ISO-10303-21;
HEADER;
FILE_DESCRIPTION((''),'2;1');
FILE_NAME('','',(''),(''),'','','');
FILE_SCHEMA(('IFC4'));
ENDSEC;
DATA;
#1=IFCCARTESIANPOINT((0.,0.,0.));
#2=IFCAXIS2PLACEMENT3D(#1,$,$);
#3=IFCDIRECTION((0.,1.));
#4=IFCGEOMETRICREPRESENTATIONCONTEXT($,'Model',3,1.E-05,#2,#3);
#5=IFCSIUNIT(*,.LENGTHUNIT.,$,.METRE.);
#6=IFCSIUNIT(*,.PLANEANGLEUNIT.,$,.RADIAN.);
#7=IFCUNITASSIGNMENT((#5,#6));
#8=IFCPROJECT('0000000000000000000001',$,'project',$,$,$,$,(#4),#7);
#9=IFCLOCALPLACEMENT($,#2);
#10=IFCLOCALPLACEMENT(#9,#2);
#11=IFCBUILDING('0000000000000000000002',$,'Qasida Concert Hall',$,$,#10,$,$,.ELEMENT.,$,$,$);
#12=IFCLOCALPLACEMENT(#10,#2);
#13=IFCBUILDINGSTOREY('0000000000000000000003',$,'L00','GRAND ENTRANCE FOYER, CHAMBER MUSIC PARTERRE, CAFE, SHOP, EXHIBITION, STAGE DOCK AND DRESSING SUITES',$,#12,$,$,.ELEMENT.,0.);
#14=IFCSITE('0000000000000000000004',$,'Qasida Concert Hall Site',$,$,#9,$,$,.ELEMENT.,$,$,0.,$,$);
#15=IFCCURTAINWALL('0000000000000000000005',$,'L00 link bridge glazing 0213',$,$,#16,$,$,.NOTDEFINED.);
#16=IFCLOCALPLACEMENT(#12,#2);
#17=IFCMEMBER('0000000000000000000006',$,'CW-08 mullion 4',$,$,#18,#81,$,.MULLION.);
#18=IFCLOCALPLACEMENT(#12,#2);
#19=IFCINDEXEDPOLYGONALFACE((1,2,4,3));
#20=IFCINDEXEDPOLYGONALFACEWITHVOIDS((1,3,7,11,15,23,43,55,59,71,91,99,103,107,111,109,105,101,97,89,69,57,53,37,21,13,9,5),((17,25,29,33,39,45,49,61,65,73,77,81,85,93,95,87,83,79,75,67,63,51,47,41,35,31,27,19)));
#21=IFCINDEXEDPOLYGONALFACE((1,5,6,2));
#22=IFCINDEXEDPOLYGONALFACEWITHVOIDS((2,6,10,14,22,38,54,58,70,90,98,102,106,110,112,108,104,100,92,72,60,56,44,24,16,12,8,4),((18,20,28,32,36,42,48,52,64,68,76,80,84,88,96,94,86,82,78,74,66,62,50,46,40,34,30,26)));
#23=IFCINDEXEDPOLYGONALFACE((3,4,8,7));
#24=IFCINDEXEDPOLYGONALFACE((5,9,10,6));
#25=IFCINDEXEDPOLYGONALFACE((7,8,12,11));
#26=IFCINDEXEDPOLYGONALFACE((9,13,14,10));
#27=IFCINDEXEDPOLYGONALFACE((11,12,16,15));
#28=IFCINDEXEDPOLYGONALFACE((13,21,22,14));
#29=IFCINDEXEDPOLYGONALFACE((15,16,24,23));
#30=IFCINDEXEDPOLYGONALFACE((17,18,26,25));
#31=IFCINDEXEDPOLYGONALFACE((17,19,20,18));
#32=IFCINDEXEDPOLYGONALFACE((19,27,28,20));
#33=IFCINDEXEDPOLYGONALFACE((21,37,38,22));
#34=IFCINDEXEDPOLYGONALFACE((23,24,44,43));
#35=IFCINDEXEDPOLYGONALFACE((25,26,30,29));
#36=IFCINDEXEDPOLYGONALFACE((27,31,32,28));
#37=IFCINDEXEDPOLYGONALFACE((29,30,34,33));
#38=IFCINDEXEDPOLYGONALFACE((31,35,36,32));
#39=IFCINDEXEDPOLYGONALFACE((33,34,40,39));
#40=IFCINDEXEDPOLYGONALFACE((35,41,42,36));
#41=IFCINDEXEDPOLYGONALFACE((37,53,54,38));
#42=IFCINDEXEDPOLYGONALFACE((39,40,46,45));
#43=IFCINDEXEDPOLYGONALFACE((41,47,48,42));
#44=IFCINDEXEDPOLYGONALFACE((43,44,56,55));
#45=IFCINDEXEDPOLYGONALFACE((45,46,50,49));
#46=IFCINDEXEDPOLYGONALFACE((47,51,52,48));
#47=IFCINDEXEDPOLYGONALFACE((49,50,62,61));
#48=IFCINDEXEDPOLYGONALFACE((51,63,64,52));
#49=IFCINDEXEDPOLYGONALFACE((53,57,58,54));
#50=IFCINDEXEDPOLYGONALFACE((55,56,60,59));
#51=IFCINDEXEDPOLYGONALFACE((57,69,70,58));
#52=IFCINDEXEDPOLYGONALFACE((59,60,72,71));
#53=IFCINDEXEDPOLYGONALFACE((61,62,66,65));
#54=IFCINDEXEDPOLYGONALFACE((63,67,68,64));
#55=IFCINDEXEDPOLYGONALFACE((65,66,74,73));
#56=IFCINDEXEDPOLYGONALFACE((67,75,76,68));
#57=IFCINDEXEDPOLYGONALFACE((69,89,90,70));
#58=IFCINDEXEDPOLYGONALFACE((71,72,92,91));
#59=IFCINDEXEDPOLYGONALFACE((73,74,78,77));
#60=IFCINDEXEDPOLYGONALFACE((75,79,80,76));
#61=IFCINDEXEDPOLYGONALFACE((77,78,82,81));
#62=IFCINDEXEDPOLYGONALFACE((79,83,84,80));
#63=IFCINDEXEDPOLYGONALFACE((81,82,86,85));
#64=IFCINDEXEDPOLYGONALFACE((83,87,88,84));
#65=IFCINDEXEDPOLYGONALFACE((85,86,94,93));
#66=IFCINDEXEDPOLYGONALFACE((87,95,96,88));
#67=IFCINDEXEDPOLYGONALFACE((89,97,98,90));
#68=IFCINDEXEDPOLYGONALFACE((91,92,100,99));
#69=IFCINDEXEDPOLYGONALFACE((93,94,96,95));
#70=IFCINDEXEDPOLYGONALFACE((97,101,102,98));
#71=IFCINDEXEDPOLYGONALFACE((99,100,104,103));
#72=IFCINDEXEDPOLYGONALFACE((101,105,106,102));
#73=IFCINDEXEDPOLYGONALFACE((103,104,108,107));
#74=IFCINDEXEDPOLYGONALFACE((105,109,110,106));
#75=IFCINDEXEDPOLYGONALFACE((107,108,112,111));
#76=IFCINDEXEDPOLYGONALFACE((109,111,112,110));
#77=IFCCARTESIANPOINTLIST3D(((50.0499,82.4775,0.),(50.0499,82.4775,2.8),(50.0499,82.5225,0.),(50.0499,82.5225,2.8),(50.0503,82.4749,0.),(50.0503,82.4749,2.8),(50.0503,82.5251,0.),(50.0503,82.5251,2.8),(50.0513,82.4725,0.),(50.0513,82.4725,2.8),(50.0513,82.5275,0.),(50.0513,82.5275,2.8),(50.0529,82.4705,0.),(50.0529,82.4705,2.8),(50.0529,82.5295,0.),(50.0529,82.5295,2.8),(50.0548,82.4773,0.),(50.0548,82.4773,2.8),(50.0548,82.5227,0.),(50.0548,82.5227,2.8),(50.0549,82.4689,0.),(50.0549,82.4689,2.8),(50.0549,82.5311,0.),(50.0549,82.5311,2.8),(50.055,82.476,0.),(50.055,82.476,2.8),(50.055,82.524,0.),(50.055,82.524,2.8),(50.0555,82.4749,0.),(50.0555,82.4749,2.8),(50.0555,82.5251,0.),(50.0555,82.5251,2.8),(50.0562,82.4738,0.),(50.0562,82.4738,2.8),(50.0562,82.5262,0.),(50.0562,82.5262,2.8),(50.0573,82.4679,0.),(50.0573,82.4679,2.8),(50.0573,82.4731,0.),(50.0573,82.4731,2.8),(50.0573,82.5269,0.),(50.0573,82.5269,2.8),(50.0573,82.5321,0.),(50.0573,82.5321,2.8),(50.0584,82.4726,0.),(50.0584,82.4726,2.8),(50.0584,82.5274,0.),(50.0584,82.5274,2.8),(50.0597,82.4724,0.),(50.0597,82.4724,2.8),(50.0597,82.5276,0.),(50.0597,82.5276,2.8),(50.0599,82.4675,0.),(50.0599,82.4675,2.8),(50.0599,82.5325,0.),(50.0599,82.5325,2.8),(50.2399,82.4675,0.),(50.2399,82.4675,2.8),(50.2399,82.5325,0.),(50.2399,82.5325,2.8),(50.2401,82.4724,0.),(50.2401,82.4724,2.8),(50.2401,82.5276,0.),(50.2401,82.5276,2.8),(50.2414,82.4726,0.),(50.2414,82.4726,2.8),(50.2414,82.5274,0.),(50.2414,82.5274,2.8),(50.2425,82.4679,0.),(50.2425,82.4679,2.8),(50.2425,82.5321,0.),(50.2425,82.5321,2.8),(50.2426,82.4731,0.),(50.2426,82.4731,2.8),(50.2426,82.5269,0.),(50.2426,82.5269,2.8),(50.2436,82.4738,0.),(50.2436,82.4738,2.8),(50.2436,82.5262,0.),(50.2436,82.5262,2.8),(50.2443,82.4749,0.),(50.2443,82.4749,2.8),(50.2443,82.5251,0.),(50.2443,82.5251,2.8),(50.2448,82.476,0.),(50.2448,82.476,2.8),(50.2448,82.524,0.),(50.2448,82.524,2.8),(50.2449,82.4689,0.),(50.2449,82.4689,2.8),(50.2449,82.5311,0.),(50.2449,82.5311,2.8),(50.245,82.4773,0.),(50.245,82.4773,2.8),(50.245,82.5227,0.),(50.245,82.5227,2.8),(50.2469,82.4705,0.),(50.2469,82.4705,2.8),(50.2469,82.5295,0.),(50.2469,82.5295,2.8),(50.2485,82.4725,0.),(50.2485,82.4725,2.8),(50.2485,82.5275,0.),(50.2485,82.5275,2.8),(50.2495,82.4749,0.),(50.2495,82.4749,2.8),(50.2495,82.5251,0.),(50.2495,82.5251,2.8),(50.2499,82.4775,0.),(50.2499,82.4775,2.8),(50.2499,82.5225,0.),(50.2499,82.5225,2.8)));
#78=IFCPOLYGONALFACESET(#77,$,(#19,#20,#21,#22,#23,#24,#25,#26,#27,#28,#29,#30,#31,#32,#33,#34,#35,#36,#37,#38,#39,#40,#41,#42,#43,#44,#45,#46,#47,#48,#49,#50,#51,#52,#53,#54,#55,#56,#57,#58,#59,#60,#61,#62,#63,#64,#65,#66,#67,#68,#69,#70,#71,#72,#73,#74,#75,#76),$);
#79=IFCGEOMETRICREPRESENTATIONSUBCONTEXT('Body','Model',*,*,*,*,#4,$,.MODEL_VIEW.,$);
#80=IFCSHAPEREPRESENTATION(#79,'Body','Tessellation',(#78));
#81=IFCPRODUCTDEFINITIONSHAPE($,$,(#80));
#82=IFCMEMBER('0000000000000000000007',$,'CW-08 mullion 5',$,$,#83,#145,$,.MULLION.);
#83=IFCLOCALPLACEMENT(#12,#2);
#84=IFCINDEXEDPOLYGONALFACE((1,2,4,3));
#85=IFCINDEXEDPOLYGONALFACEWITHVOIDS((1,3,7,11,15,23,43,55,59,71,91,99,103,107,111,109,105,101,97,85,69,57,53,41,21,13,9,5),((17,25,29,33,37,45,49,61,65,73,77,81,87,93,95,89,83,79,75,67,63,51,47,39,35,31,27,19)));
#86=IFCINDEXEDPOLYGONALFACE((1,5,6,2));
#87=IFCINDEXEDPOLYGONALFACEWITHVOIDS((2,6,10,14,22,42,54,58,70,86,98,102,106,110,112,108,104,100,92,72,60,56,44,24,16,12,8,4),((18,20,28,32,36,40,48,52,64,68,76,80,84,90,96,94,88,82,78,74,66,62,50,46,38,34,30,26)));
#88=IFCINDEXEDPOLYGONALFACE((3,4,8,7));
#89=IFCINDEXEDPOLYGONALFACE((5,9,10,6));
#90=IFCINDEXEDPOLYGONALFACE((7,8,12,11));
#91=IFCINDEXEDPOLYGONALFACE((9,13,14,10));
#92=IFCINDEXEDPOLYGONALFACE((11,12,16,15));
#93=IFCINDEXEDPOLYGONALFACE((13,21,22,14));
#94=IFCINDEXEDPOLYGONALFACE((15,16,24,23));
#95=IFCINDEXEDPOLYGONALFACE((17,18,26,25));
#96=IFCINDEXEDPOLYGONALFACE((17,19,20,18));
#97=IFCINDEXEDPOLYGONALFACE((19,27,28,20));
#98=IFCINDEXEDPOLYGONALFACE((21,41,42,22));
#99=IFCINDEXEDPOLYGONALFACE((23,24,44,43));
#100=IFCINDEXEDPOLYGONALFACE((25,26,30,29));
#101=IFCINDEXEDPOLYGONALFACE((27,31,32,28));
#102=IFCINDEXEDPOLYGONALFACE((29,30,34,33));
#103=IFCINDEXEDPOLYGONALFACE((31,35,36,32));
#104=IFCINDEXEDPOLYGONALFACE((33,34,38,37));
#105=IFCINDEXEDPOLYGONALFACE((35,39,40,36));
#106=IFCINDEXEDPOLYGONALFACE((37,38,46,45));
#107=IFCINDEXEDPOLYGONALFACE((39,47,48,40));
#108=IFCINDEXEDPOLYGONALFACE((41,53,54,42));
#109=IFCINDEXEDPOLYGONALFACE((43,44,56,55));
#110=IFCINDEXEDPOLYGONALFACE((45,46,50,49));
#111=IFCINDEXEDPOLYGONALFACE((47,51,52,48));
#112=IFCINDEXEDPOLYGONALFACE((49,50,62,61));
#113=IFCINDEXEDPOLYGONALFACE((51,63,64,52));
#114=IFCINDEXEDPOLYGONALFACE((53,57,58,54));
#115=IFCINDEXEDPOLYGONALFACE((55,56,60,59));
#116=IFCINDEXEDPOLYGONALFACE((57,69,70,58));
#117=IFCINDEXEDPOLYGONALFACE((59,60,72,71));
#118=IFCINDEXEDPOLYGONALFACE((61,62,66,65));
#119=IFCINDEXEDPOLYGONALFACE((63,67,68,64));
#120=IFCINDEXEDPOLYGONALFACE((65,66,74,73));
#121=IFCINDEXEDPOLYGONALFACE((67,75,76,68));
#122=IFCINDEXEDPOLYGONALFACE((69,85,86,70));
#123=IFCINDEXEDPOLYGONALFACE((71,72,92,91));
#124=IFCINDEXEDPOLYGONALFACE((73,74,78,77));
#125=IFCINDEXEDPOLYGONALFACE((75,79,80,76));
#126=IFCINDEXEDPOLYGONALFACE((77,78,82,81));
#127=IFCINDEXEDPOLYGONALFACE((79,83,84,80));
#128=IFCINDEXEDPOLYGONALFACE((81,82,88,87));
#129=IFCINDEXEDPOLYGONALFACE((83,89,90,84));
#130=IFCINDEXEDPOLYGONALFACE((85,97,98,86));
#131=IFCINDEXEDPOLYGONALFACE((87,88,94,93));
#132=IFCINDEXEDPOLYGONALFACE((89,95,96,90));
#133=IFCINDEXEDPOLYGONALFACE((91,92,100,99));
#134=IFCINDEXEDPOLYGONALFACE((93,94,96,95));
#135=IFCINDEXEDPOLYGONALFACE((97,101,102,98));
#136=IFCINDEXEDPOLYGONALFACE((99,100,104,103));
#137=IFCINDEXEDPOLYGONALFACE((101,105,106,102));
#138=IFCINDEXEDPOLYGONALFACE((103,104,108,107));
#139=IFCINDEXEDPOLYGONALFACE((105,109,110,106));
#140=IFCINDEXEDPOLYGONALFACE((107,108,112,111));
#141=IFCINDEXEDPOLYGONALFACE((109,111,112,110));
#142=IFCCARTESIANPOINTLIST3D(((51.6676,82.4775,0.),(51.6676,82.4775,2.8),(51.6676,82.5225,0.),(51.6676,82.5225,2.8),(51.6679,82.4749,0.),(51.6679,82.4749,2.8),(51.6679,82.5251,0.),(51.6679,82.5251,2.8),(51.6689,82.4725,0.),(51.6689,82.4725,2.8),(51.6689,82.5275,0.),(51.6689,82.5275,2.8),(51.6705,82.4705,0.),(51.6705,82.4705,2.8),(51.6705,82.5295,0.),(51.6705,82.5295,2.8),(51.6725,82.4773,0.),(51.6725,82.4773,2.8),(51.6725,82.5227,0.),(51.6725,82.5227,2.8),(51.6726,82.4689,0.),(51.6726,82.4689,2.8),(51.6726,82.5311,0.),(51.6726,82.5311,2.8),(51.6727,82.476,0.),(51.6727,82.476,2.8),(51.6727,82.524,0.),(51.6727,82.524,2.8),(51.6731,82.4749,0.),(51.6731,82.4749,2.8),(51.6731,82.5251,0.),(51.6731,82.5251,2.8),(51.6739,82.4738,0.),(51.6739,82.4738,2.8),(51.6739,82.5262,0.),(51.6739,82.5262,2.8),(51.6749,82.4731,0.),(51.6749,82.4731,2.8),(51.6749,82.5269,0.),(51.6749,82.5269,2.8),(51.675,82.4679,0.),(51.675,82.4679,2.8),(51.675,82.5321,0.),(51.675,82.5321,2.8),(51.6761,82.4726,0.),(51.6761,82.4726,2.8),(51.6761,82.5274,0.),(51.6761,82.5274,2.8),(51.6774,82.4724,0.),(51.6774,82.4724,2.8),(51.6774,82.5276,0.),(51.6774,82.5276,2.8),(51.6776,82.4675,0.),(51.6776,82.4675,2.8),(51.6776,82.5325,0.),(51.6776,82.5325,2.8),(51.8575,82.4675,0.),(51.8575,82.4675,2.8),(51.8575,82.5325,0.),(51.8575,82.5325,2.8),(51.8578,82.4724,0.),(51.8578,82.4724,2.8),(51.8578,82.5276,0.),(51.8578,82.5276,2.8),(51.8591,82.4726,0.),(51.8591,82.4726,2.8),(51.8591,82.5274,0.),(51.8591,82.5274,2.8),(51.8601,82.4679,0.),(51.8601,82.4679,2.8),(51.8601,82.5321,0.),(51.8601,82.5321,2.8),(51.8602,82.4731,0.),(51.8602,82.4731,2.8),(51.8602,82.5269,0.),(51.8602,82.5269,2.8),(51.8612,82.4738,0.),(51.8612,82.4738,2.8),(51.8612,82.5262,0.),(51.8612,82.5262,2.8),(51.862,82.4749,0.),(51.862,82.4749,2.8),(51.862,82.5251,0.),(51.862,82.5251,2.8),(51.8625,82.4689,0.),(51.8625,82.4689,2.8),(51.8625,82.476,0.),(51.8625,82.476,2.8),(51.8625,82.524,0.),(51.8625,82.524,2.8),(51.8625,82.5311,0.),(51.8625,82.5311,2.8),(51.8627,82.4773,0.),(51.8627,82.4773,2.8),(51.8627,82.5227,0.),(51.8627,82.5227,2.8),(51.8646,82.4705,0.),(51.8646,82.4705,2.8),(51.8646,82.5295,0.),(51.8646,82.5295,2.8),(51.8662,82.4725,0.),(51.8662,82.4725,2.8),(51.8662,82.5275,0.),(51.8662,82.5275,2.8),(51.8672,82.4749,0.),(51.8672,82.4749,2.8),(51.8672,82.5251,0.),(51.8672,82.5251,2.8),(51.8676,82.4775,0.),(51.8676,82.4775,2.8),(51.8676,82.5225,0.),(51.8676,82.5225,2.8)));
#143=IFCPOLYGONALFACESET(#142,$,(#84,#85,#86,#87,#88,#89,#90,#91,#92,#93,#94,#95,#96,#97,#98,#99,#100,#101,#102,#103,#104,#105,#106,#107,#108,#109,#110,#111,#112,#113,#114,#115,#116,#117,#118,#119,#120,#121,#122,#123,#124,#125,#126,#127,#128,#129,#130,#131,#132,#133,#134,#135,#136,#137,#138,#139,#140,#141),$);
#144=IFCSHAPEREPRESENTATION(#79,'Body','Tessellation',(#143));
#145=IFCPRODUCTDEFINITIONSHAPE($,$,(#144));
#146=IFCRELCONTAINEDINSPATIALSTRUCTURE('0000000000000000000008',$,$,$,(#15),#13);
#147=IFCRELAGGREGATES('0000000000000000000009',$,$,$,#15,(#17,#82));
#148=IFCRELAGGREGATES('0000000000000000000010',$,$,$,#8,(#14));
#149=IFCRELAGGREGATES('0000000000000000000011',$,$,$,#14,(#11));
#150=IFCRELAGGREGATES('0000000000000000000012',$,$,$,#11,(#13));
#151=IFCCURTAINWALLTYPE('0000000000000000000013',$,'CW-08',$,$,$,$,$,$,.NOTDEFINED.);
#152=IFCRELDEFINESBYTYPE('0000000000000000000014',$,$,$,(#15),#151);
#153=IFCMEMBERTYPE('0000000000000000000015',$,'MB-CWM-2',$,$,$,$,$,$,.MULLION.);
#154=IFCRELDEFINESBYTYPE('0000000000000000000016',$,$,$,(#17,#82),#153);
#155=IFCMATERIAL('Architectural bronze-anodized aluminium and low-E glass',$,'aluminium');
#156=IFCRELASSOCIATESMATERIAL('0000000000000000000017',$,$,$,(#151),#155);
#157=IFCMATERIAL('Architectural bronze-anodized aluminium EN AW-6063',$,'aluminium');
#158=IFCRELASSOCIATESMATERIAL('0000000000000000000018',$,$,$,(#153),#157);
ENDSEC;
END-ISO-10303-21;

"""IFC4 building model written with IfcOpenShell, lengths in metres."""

from ifc_helpers import new_model, si_unit, direction, frame, origin, origin_2d, place, context, subcontext, project, spatial, hollow_rectangle, extrude, material, material_profile, profile_set, type_object, element, aggregate, save


model = new_model("IFC4")

# Units and contexts
model_context = context("Model", 3, precision=1e-05, world=origin(), true_north=direction((0.0, 1.0)))
body_context = subcontext(model_context, "Body", "Model", "MODEL_VIEW")
ifc_project = project(units=[si_unit("LENGTHUNIT", "METRE"), si_unit("PLANEANGLEUNIT", "RADIAN")], contexts=[model_context])

# Site, building, storey
site_placement = place(None, origin())
site = spatial("IfcSite", under=ifc_project, at=site_placement, Name="Qasida Concert Hall Site", CompositionType="ELEMENT", RefElevation=0.0)
building_placement = place(site_placement, origin())
building = spatial("IfcBuilding", under=site, at=building_placement, Name="Qasida Concert Hall", CompositionType="ELEMENT")
storey_placement = place(building_placement, origin())
storey = spatial("IfcBuildingStorey", under=building, at=storey_placement, Name="L00", Description="GRAND ENTRANCE FOYER, CHAMBER MUSIC PARTERRE, CAFE, SHOP, EXHIBITION, STAGE DOCK AND DRESSING SUITES", CompositionType="ELEMENT", Elevation=0.0)

# Curtain wall, members
ifc_material_1 = material(Name="Architectural bronze-anodized aluminium and low-E glass", Category="aluminium")
curtain_wall_type = type_object("IfcCurtainWallType", Name="CW-08", PredefinedType="NOTDEFINED", material=ifc_material_1)
curtain_wall_placement = place(storey_placement, origin())
curtain_wall = element("IfcCurtainWall", 1, at=curtain_wall_placement, inside=storey, type_object=curtain_wall_type, Name="L00 link bridge glazing 0213", PredefinedType="NOTDEFINED")
ifc_material_2 = material(Name="Architectural bronze-anodized aluminium EN AW-6063", Category="aluminium")
ifc_material_profile_1 = material_profile(ifc_material_2, hollow_rectangle(XDim=0.0649, YDim=0.2, WallThickness=0.0049, InnerFilletRadius=0.0049, OuterFilletRadius=0.01, at=origin_2d()), Name="CWM 200x65x5")
ifc_profile_set_1 = profile_set([ifc_material_profile_1], Name="Architectural bronze-anodized aluminium EN AW-6063")
member_type_1 = type_object("IfcMemberType", Name="MB-CWM-2", PredefinedType="MULLION", material=ifc_profile_set_1)
member_1_placement = place(storey_placement, frame((50.1499, 82.5, 0.0), z_axis=(0.0, 0.0, 1.0), x_axis=(0.0, 1.0, 0.0)))
member_1 = element("IfcMember", 2, at=member_1_placement, type_object=member_type_1, Name="CW-08 mullion 4", PredefinedType="MULLION", context=body_context, shape_type="SweptSolid", body=[
    extrude(hollow_rectangle(XDim=0.0649, YDim=0.2, WallThickness=0.0049, InnerFilletRadius=0.0049, OuterFilletRadius=0.01, at=origin_2d()), origin(), (0.0, 0.0, 1.0), 2.8),
])
member_2_placement = place(storey_placement, frame((51.7676, 82.5, 0.0), z_axis=(0.0, 0.0, 1.0), x_axis=(0.0, 1.0, 0.0)))
member_2 = element("IfcMember", 3, at=member_2_placement, type_object=member_type_1, Name="CW-08 mullion 5", PredefinedType="MULLION", context=body_context, shape_type="SweptSolid", body=[
    extrude(hollow_rectangle(XDim=0.0649, YDim=0.2, WallThickness=0.0049, InnerFilletRadius=0.0049, OuterFilletRadius=0.01, at=origin_2d()), origin(), (0.0, 0.0, 1.0), 2.8),
])
aggregate(curtain_wall, [member_1, member_2])

save(model, "model.ifc")
